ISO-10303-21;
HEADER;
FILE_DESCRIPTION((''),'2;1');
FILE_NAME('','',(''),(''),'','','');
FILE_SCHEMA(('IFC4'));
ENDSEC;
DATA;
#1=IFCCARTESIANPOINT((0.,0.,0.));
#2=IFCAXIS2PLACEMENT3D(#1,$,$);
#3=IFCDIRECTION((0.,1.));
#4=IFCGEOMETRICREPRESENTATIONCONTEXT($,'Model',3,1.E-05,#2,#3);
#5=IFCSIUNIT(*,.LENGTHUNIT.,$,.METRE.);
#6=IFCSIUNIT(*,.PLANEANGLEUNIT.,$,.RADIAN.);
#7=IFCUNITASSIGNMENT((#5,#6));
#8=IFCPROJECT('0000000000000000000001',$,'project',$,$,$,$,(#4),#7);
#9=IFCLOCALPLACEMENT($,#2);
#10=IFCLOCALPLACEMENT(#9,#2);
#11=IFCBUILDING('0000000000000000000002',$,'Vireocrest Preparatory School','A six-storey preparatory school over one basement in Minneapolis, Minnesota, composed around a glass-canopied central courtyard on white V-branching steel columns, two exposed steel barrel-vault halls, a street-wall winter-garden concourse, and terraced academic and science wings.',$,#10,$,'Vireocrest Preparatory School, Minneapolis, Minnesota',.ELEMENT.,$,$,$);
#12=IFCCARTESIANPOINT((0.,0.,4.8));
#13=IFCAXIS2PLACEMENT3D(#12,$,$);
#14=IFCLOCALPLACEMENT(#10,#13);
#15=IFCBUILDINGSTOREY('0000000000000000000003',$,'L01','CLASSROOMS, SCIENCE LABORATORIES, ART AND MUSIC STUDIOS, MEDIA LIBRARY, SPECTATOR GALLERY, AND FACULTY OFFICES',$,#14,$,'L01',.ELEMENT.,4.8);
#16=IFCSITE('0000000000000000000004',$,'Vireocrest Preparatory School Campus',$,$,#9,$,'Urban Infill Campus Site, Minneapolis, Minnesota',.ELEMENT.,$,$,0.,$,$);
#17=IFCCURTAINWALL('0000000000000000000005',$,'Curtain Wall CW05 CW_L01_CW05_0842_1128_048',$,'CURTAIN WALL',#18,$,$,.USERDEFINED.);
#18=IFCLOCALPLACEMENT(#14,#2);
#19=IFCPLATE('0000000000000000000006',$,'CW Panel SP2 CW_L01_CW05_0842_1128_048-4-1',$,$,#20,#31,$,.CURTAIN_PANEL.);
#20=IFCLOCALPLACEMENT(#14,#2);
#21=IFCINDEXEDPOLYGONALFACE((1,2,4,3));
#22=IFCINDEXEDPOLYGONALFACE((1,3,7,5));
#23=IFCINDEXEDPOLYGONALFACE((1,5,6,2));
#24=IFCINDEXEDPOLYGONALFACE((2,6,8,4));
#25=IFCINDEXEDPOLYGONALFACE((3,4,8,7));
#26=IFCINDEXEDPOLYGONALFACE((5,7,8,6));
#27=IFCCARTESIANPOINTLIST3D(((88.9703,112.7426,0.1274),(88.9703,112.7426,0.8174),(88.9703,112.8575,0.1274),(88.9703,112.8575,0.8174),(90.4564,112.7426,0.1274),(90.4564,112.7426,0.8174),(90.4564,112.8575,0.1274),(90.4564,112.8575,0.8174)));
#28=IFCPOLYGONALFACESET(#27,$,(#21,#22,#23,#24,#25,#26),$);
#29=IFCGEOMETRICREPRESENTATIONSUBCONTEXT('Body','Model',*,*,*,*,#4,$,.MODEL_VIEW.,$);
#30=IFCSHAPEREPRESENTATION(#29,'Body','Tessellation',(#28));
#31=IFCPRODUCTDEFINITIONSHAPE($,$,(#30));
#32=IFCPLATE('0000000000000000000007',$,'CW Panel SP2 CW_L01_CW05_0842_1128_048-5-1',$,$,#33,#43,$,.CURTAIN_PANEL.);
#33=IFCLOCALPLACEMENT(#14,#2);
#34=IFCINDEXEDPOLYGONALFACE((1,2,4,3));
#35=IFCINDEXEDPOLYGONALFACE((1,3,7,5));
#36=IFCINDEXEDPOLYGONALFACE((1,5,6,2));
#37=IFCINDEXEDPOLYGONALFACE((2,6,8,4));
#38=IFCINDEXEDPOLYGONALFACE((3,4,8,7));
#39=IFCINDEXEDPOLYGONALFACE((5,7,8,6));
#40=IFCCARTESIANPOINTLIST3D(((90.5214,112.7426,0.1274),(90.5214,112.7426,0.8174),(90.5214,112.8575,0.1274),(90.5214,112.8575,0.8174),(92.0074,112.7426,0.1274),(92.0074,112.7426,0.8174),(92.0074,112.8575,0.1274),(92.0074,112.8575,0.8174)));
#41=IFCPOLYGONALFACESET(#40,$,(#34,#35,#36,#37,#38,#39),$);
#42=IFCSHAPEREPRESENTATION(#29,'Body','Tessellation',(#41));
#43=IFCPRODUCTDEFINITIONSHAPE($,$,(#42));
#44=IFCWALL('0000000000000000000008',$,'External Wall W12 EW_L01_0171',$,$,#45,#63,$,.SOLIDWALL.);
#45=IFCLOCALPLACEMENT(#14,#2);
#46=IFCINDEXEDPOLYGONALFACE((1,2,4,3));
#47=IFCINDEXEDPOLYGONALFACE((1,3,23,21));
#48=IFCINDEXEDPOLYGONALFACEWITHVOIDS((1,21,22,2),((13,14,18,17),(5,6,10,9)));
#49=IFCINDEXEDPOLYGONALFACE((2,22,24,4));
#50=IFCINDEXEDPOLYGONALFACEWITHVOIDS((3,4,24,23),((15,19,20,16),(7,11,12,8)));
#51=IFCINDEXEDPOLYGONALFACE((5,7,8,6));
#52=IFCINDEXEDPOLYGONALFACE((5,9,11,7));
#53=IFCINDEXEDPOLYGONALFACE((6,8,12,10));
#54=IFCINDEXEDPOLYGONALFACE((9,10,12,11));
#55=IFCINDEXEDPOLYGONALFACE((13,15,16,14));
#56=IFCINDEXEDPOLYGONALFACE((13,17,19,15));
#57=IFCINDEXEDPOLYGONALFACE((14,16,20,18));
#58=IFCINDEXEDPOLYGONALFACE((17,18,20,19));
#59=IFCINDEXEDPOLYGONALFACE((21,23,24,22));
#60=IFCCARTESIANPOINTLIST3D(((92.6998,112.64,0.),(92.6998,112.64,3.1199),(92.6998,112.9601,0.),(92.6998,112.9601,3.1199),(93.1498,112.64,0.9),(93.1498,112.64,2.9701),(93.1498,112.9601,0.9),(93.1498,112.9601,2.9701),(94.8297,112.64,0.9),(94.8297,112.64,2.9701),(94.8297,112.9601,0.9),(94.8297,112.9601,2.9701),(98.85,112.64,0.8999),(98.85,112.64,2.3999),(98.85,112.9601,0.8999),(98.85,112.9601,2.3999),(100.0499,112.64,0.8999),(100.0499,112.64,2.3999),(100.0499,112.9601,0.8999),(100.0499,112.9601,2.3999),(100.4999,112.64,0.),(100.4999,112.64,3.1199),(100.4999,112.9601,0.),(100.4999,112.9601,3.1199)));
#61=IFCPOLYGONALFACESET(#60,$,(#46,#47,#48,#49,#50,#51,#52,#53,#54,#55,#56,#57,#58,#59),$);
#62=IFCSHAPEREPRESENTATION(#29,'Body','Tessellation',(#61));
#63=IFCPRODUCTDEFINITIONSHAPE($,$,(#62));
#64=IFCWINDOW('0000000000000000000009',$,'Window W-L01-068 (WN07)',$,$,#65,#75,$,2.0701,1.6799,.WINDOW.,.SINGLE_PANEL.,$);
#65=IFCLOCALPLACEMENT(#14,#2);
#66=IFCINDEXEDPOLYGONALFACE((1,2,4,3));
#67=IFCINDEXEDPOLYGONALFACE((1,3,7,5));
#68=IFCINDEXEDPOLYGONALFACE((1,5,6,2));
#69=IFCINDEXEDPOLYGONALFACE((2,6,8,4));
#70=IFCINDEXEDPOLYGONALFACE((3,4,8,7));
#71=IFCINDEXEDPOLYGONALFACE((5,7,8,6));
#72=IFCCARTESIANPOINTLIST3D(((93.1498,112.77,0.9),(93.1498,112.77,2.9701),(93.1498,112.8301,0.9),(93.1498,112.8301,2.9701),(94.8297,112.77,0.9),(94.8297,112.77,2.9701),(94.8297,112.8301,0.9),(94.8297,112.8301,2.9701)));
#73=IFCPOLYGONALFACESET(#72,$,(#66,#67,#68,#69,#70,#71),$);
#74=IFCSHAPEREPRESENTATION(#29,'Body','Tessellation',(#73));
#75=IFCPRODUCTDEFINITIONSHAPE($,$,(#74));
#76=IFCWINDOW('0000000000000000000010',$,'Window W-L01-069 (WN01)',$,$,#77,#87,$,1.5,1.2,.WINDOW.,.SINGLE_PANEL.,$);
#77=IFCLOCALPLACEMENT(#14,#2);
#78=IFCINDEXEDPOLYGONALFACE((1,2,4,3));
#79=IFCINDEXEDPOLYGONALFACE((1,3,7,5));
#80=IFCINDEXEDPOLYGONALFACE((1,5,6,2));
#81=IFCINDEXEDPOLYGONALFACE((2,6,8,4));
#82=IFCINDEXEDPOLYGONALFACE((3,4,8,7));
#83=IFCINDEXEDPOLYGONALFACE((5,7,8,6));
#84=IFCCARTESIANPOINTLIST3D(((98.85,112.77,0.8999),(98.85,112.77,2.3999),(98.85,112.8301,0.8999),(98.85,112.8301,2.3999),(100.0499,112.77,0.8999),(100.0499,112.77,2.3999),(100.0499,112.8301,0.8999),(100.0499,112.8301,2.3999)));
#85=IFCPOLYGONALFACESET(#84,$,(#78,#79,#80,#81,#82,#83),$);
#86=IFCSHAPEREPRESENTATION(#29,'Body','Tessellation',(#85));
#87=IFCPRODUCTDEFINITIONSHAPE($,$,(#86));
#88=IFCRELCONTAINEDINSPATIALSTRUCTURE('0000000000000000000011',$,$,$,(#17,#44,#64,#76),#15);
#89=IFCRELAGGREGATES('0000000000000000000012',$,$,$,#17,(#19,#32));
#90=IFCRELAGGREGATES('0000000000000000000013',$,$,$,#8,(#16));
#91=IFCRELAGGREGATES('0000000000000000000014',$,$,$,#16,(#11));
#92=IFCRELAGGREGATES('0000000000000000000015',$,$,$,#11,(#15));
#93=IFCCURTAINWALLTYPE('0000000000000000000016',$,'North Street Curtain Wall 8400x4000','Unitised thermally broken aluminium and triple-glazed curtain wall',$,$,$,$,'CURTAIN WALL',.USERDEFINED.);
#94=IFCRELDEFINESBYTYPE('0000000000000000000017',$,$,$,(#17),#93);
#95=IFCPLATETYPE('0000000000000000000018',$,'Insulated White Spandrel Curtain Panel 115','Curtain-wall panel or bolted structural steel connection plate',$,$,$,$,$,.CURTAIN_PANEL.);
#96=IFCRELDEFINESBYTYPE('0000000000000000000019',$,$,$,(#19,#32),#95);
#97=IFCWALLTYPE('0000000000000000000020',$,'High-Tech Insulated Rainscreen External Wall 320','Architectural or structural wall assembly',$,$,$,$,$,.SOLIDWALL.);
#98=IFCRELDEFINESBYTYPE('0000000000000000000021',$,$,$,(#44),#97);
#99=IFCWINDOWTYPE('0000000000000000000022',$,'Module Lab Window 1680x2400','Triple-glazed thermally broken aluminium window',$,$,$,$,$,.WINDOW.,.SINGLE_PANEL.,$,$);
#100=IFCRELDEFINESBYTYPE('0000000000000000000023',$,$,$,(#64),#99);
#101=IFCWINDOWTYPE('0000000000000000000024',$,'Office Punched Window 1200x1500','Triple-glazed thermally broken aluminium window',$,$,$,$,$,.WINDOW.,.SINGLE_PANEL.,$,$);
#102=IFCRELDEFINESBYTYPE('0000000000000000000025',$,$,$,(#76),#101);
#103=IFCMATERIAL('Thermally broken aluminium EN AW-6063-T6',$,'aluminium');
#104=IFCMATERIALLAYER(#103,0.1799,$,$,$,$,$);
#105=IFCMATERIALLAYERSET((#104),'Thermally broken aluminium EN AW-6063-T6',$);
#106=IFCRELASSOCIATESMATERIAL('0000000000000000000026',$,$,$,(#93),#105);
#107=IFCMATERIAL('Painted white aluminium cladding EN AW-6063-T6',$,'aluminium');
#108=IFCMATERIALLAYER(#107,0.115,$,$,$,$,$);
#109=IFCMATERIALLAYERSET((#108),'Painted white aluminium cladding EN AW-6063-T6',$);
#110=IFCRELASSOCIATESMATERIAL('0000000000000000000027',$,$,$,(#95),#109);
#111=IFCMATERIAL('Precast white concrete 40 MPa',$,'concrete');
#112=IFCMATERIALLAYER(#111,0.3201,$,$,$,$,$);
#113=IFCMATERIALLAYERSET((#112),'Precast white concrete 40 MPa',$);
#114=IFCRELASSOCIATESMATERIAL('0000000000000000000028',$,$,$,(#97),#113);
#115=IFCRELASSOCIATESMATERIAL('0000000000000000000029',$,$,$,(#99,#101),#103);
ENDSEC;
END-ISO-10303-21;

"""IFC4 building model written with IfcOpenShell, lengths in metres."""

from ifc_helpers import new_model, si_unit, direction, frame, frame_2d, origin, origin_2d, place, context, subcontext, project, spatial, rectangle, extrude, material, layer, layer_set, type_object, element, fill, aggregate, save


model = new_model("IFC4")

# Units and contexts
model_context = context("Model", 3, precision=1e-05, world=origin(), true_north=direction((0.0, 1.0)))
body_context = subcontext(model_context, "Body", "Model", "MODEL_VIEW")
ifc_project = project(units=[si_unit("LENGTHUNIT", "METRE"), si_unit("PLANEANGLEUNIT", "RADIAN")], contexts=[model_context])

# Site, building, storey
site_placement = place(None, origin())
site = spatial("IfcSite", under=ifc_project, at=site_placement, Name="Vireocrest Preparatory School Campus", LongName="Urban Infill Campus Site, Minneapolis, Minnesota", CompositionType="ELEMENT", RefElevation=0.0)
building_placement = place(site_placement, origin())
building = spatial("IfcBuilding", under=site, at=building_placement, Name="Vireocrest Preparatory School", Description="A six-storey preparatory school over one basement in Minneapolis, Minnesota, composed around a glass-canopied central courtyard on white V-branching steel columns, two exposed steel barrel-vault halls, a street-wall winter-garden concourse, and terraced academic and science wings.", LongName="Vireocrest Preparatory School, Minneapolis, Minnesota", CompositionType="ELEMENT")
storey_placement = place(building_placement, frame((0.0, 0.0, 4.8)))
storey = spatial("IfcBuildingStorey", under=building, at=storey_placement, Name="L01", Description="CLASSROOMS, SCIENCE LABORATORIES, ART AND MUSIC STUDIOS, MEDIA LIBRARY, SPECTATOR GALLERY, AND FACULTY OFFICES", LongName="L01", CompositionType="ELEMENT", Elevation=4.8)

# Curtain wall
ifc_material_1 = material(Name="Thermally broken aluminium EN AW-6063-T6", Category="aluminium")
ifc_layer_1 = layer(ifc_material_1, 0.1799)
ifc_layer_set_1 = layer_set([ifc_layer_1], Name="Thermally broken aluminium EN AW-6063-T6")
curtain_wall_type = type_object("IfcCurtainWallType", Name="North Street Curtain Wall 8400x4000", Description="Unitised thermally broken aluminium and triple-glazed curtain wall", ElementType="CURTAIN WALL", PredefinedType="USERDEFINED", material=ifc_layer_set_1)
curtain_wall_1_placement = place(storey_placement, origin())
curtain_wall_1 = element("IfcCurtainWall", 1, at=curtain_wall_1_placement, inside=storey, type_object=curtain_wall_type, Name="Curtain Wall CW05 CW_L01_CW05_0842_1128_048", ObjectType="CURTAIN WALL", PredefinedType="USERDEFINED")

# Plates
ifc_material_2 = material(Name="Painted white aluminium cladding EN AW-6063-T6", Category="aluminium")
ifc_layer_2 = layer(ifc_material_2, 0.115)
ifc_layer_set_2 = layer_set([ifc_layer_2], Name="Painted white aluminium cladding EN AW-6063-T6")
plate_type_1 = type_object("IfcPlateType", Name="Insulated White Spandrel Curtain Panel 115", Description="Curtain-wall panel or bolted structural steel connection plate", PredefinedType="CURTAIN_PANEL", material=ifc_layer_set_2)
plate_1_placement = place(storey_placement, frame((89.7134, 112.8, 0.1274), z_axis=(0.0, 0.0, 1.0), x_axis=(1.0, 0.0, 0.0)))
plate_1 = element("IfcPlate", 2, at=plate_1_placement, type_object=plate_type_1, Name="CW Panel SP2 CW_L01_CW05_0842_1128_048-4-1", PredefinedType="CURTAIN_PANEL", context=body_context, shape_type="SweptSolid", body=[
    extrude(rectangle(XDim=1.4861, YDim=0.115, at=origin_2d()), origin(), (0.0, 0.0, 1.0), 0.6899),
])
plate_2_placement = place(storey_placement, frame((91.2644, 112.8, 0.1274), z_axis=(0.0, 0.0, 1.0), x_axis=(1.0, 0.0, 0.0)))
plate_2 = element("IfcPlate", 3, at=plate_2_placement, type_object=plate_type_1, Name="CW Panel SP2 CW_L01_CW05_0842_1128_048-5-1", PredefinedType="CURTAIN_PANEL", context=body_context, shape_type="SweptSolid", body=[
    extrude(rectangle(XDim=1.4861, YDim=0.115, at=origin_2d()), origin(), (0.0, 0.0, 1.0), 0.6899),
])
aggregate(curtain_wall_1, [plate_1, plate_2])

# Wall, openings, windows
ifc_material_3 = material(Name="Precast white concrete 40 MPa", Category="concrete")
ifc_layer_3 = layer(ifc_material_3, 0.3201)
ifc_layer_set_3 = layer_set([ifc_layer_3], Name="Precast white concrete 40 MPa")
wall_type = type_object("IfcWallType", Name="High-Tech Insulated Rainscreen External Wall 320", Description="Architectural or structural wall assembly", PredefinedType="SOLIDWALL", material=ifc_layer_set_3)
wall_placement = place(storey_placement, frame((92.7, 112.8, 0.0), z_axis=(0.0, 0.0, 1.0), x_axis=(1.0, 0.0, 0.0)))
wall = element("IfcWall", 4, at=wall_placement, inside=storey, type_object=wall_type, Name="External Wall W12 EW_L01_0171", PredefinedType="SOLIDWALL", context=body_context, shape_type="SweptSolid", body=[
    extrude(rectangle(XDim=7.8, YDim=0.3201, at=frame_2d((3.8999, 0.0))), origin(), (0.0, 0.0, 1.0), 3.1199),
])
opening_1_placement = place(wall_placement, frame((0.45, 0.0, 0.8999)))
opening_1 = element("IfcOpeningElement", 5, at=opening_1_placement, cuts=wall, PredefinedType="OPENING", context=body_context, shape_type="SweptSolid", body=[
    extrude(rectangle(XDim=1.6799, YDim=2.0701, at=frame_2d((0.8398, 1.0352))), frame((0.0, 0.1699, 0.0), z_axis=(0.0, -1.0, 0.0), x_axis=(1.0, 0.0, 0.0)), (0.0, 0.0, 1.0), 0.3401),
])
opening_2_placement = place(wall_placement, frame((6.1499, 0.0, 0.8999)))
opening_2 = element("IfcOpeningElement", 6, at=opening_2_placement, cuts=wall, PredefinedType="OPENING", context=body_context, shape_type="SweptSolid", body=[
    extrude(rectangle(XDim=1.2, YDim=1.5, at=frame_2d((0.6001, 0.75))), frame((0.0, 0.1699, 0.0), z_axis=(0.0, -1.0, 0.0), x_axis=(1.0, 0.0, 0.0)), (0.0, 0.0, 1.0), 0.3401),
])
window_type_1 = type_object("IfcWindowType", Name="Module Lab Window 1680x2400", Description="Triple-glazed thermally broken aluminium window", PartitioningType="SINGLE_PANEL", PredefinedType="WINDOW", material=ifc_material_1)
window_1_placement = place(opening_1_placement, origin())
window_1 = element("IfcWindow", 7, at=window_1_placement, inside=storey, type_object=window_type_1, Name="Window W-L01-068 (WN07)", OverallHeight=2.0701, OverallWidth=1.6799, PartitioningType="SINGLE_PANEL", PredefinedType="WINDOW", context=body_context, shape_type="SweptSolid", body=[
    extrude(rectangle(XDim=1.6799, YDim=2.0701, at=frame_2d((0.8398, 1.0352))), frame((0.0, 0.03, 0.0), z_axis=(0.0, -1.0, 0.0), x_axis=(1.0, 0.0, 0.0)), (0.0, 0.0, 1.0), 0.0601),
])
fill(opening_1, window_1)
window_type_2 = type_object("IfcWindowType", Name="Office Punched Window 1200x1500", Description="Triple-glazed thermally broken aluminium window", PartitioningType="SINGLE_PANEL", PredefinedType="WINDOW", material=ifc_material_1)
window_2_placement = place(opening_2_placement, origin())
window_2 = element("IfcWindow", 8, at=window_2_placement, inside=storey, type_object=window_type_2, Name="Window W-L01-069 (WN01)", OverallHeight=1.5, OverallWidth=1.2, PartitioningType="SINGLE_PANEL", PredefinedType="WINDOW", context=body_context, shape_type="SweptSolid", body=[
    extrude(rectangle(XDim=1.2, YDim=1.5, at=frame_2d((0.6001, 0.75))), frame((0.0, 0.03, 0.0), z_axis=(0.0, -1.0, 0.0), x_axis=(1.0, 0.0, 0.0)), (0.0, 0.0, 1.0), 0.0601),
])
fill(opening_2, window_2)

save(model, "model.ifc")
